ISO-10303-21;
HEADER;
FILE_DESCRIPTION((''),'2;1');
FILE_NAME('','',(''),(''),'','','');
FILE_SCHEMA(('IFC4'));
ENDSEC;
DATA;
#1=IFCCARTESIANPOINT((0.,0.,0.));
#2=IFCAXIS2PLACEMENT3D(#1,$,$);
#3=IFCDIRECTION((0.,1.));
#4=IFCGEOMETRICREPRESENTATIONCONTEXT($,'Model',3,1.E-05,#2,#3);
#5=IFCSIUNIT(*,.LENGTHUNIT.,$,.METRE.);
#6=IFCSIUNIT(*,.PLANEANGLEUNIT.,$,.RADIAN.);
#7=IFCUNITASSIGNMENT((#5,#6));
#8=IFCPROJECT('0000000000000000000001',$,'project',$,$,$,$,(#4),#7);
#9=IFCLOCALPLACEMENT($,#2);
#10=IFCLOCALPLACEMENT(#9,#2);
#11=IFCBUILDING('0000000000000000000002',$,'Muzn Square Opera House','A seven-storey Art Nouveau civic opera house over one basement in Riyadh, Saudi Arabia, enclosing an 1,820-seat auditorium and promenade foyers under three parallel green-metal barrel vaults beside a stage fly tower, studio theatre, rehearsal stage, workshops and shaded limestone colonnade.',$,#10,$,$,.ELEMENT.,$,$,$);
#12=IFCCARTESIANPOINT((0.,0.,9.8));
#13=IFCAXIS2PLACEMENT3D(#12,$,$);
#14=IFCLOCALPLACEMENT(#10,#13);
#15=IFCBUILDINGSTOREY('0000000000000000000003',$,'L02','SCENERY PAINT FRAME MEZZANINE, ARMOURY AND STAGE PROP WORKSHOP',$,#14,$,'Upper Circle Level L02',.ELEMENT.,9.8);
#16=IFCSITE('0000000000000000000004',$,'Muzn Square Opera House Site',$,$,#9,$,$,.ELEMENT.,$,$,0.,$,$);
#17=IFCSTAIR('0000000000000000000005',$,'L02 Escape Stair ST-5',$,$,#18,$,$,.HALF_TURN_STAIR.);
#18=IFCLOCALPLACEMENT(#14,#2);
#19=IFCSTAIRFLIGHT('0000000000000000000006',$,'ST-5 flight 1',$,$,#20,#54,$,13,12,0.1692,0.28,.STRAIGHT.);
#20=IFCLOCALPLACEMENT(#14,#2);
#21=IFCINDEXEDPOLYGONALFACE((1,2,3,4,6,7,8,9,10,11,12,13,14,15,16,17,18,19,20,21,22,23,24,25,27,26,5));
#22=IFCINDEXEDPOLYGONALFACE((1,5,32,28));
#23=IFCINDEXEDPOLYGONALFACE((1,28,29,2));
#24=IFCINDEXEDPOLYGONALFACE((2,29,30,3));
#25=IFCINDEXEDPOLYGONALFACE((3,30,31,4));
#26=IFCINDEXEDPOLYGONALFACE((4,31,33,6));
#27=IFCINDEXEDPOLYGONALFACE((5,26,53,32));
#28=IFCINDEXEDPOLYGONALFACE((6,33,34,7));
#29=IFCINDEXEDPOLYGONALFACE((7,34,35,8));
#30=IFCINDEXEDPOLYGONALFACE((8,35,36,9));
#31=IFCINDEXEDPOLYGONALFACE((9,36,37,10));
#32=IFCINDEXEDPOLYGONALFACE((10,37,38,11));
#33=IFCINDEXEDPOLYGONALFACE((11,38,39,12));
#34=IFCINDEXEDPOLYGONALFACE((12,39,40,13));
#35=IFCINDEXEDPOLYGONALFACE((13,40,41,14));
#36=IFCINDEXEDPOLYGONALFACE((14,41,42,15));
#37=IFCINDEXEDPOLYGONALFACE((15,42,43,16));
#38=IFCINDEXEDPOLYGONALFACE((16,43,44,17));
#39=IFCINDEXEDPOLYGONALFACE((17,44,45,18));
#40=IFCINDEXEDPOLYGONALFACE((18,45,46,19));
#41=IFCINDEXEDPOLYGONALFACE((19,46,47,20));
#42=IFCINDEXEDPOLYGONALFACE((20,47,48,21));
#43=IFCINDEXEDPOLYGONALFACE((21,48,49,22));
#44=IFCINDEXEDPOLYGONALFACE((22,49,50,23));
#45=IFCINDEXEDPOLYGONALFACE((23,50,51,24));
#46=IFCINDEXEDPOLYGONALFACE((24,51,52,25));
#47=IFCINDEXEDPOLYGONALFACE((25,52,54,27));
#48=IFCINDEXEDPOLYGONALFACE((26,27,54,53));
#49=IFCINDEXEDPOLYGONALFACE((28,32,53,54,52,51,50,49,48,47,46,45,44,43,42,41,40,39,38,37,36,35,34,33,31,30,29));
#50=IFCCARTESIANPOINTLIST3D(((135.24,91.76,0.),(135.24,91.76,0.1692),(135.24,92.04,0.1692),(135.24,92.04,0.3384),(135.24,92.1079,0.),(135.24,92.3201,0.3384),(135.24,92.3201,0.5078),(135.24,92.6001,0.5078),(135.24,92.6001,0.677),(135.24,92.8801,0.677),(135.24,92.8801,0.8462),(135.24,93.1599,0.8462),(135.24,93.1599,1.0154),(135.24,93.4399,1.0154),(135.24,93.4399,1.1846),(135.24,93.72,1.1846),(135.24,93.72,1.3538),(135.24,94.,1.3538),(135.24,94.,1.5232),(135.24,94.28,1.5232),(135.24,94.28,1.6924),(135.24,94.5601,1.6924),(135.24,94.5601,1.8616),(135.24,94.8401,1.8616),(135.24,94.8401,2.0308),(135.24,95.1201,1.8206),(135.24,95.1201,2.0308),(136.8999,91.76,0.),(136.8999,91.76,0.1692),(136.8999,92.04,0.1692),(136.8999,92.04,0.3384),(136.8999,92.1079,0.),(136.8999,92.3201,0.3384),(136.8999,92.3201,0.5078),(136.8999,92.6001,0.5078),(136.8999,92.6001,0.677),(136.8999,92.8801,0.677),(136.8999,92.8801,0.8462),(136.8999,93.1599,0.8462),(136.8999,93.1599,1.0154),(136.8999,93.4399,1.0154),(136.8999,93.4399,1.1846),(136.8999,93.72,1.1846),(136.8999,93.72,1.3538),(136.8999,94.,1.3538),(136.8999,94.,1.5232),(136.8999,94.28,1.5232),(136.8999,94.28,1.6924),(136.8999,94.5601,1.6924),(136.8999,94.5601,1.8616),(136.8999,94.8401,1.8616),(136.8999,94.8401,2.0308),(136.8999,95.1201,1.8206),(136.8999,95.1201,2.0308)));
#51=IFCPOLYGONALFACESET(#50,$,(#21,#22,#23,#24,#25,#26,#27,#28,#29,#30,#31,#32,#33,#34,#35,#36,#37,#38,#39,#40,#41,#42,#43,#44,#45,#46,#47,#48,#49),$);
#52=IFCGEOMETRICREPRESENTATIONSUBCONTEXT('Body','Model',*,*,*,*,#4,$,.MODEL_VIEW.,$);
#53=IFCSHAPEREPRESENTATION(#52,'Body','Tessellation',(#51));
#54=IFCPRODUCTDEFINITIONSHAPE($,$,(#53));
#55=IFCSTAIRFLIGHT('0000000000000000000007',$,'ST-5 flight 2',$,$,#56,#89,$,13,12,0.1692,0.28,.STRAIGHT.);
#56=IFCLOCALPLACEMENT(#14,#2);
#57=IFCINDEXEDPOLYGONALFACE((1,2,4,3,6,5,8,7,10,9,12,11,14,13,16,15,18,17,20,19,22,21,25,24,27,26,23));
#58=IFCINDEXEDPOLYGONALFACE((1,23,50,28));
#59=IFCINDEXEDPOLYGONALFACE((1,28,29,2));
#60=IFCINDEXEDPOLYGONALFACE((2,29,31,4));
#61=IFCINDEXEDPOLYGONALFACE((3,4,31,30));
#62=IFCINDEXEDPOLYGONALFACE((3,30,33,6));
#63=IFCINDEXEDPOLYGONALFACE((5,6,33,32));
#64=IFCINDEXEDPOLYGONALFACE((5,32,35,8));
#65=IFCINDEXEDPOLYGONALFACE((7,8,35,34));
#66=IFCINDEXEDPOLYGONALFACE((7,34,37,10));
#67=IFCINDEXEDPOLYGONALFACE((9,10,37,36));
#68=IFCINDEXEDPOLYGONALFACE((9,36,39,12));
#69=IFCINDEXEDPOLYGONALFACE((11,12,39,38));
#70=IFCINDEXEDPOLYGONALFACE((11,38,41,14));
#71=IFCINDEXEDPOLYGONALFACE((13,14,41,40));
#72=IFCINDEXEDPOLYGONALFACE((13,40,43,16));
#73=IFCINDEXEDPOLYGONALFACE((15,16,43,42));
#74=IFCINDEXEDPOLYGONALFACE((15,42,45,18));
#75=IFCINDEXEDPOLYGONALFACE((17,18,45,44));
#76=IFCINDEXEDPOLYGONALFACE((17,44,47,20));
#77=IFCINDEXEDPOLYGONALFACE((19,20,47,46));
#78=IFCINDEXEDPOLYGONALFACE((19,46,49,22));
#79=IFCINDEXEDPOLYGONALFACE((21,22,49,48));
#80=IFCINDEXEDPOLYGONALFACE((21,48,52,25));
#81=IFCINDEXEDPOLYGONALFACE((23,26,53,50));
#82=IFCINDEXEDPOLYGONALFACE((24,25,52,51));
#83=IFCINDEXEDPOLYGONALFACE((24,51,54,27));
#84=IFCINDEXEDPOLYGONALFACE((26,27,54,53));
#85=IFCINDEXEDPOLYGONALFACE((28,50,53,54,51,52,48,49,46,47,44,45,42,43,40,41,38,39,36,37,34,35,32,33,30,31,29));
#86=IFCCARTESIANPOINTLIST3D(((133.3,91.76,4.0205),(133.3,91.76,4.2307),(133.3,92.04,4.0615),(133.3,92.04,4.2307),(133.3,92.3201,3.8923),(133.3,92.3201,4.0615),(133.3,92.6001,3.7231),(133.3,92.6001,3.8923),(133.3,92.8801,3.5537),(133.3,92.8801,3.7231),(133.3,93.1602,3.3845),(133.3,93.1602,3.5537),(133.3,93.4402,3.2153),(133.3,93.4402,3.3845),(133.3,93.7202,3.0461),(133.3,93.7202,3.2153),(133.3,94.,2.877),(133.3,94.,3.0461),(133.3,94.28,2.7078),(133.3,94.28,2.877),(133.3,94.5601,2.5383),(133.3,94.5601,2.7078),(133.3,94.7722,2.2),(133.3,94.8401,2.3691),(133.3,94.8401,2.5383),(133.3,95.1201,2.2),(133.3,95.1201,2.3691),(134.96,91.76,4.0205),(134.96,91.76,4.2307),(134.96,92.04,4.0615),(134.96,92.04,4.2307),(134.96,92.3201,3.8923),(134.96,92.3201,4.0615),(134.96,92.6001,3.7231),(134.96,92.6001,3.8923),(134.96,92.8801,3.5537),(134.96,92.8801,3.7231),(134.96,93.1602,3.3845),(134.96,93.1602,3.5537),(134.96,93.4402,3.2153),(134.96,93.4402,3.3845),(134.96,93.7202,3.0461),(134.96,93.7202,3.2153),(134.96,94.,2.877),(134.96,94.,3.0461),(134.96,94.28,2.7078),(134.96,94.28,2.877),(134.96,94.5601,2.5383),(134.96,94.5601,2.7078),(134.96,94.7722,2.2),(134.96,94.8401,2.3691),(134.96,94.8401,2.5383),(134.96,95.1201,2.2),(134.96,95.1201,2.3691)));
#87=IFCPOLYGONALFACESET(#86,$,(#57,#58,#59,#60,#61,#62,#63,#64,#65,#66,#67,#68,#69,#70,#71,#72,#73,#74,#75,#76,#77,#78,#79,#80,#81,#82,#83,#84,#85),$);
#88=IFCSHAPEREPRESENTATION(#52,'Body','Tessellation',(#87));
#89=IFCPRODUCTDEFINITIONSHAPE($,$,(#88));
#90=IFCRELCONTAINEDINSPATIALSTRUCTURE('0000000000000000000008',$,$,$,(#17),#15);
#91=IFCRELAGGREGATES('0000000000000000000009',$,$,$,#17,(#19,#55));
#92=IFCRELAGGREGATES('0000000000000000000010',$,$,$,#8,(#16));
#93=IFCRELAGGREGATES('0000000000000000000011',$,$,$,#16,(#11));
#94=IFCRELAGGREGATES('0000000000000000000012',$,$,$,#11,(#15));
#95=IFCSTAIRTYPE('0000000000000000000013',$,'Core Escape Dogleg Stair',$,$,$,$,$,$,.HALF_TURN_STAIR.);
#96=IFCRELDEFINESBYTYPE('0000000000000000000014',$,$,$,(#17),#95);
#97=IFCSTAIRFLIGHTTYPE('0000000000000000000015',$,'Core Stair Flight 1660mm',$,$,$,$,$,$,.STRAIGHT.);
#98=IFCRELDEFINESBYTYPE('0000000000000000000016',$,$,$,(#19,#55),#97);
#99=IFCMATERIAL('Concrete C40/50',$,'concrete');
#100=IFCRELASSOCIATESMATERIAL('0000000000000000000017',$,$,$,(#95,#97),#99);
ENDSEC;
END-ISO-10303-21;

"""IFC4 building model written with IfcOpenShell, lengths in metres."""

from ifc_helpers import new_model, si_unit, direction, frame, origin, place, context, subcontext, project, spatial, polyline, outline, extrude, material, type_object, element, aggregate, save


model = new_model("IFC4")

# Units and contexts
model_context = context("Model", 3, precision=1e-05, world=origin(), true_north=direction((0.0, 1.0)))
body_context = subcontext(model_context, "Body", "Model", "MODEL_VIEW")
ifc_project = project(units=[si_unit("LENGTHUNIT", "METRE"), si_unit("PLANEANGLEUNIT", "RADIAN")], contexts=[model_context])

# Site, building, storey
site_placement = place(None, origin())
site = spatial("IfcSite", under=ifc_project, at=site_placement, Name="Muzn Square Opera House Site", CompositionType="ELEMENT", RefElevation=0.0)
building_placement = place(site_placement, origin())
building = spatial("IfcBuilding", under=site, at=building_placement, Name="Muzn Square Opera House", Description="A seven-storey Art Nouveau civic opera house over one basement in Riyadh, Saudi Arabia, enclosing an 1,820-seat auditorium and promenade foyers under three parallel green-metal barrel vaults beside a stage fly tower, studio theatre, rehearsal stage, workshops and shaded limestone colonnade.", CompositionType="ELEMENT")
storey_placement = place(building_placement, frame((0.0, 0.0, 9.8)))
storey = spatial("IfcBuildingStorey", under=building, at=storey_placement, Name="L02", Description="SCENERY PAINT FRAME MEZZANINE, ARMOURY AND STAGE PROP WORKSHOP", LongName="Upper Circle Level L02", CompositionType="ELEMENT", Elevation=9.8)

# Shared definitions
ifc_material_1 = material(Name="Concrete C40/50", Category="concrete")

# Stair, stair flights
stair_type = type_object("IfcStairType", Name="Core Escape Dogleg Stair", PredefinedType="HALF_TURN_STAIR", material=ifc_material_1)
stair_placement = place(storey_placement, origin())
stair = element("IfcStair", 1, at=stair_placement, inside=storey, type_object=stair_type, Name="L02 Escape Stair ST-5", PredefinedType="HALF_TURN_STAIR")
stair_flight_type = type_object("IfcStairFlightType", Name="Core Stair Flight 1660mm", PredefinedType="STRAIGHT", material=ifc_material_1)
stair_flight_1_placement = place(storey_placement, frame((136.0701, 91.76, 0.0), z_axis=(0.0, 0.0, 1.0), x_axis=(0.0, 1.0, 0.0)))
stair_flight_1 = element("IfcStairFlight", 2, at=stair_flight_1_placement, type_object=stair_flight_type, Name="ST-5 flight 1", NumberOfRisers=13, NumberOfTreads=12, PredefinedType="STRAIGHT", RiserHeight=0.1692, TreadLength=0.28, context=body_context, shape_type="SweptSolid", body=[
    extrude(outline(polyline([(0.0, 0.0), (0.0, 0.1692), (0.28, 0.1692), (0.28, 0.3384), (0.5601, 0.3384), (0.5601, 0.5078), (0.8401, 0.5078), (0.8401, 0.677), (1.1201, 0.677), (1.1201, 0.8462), (1.3999, 0.8462), (1.3999, 1.0154), (1.6799, 1.0154), (1.6799, 1.1846), (1.96, 1.1846), (1.96, 1.3538), (2.24, 1.3538), (2.24, 1.5232), (2.52, 1.5232), (2.52, 1.6924), (2.8, 1.6924), (2.8, 1.8616), (3.0801, 1.8616), (3.0801, 2.0308), (3.3601, 2.0308), (3.3601, 2.2), (3.3601, 1.8206), (0.3479, 0.0), (0.0, 0.0)])), frame((0.0, 0.8301, 0.0), z_axis=(0.0, -1.0, 0.0), x_axis=(1.0, 0.0, 0.0)), (0.0, 0.0, 1.0), 1.6599),
])
stair_flight_2_placement = place(storey_placement, frame((134.1299, 95.1201, 2.2), z_axis=(0.0, 0.0, 1.0), x_axis=(0.0, -1.0, 0.0)))
stair_flight_2 = element("IfcStairFlight", 3, at=stair_flight_2_placement, type_object=stair_flight_type, Name="ST-5 flight 2", NumberOfRisers=13, NumberOfTreads=12, PredefinedType="STRAIGHT", RiserHeight=0.1692, TreadLength=0.28, context=body_context, shape_type="SweptSolid", body=[
    extrude(outline(polyline([(0.0, 0.0), (0.0, 0.1692), (0.28, 0.1692), (0.28, 0.3384), (0.5601, 0.3384), (0.5601, 0.5078), (0.8401, 0.5078), (0.8401, 0.677), (1.1201, 0.677), (1.1201, 0.8462), (1.3999, 0.8462), (1.3999, 1.0154), (1.6799, 1.0154), (1.6799, 1.1846), (1.96, 1.1846), (1.96, 1.3538), (2.24, 1.3538), (2.24, 1.5232), (2.52, 1.5232), (2.52, 1.6924), (2.8, 1.6924), (2.8, 1.8616), (3.0801, 1.8616), (3.0801, 2.0308), (3.3601, 2.0308), (3.3601, 2.2), (3.3601, 1.8206), (0.3479, 0.0), (0.0, 0.0)])), frame((0.0, 0.8301, 0.0), z_axis=(0.0, -1.0, 0.0), x_axis=(1.0, 0.0, 0.0)), (0.0, 0.0, 1.0), 1.6599),
])
aggregate(stair, [stair_flight_1, stair_flight_2])

save(model, "model.ifc")
